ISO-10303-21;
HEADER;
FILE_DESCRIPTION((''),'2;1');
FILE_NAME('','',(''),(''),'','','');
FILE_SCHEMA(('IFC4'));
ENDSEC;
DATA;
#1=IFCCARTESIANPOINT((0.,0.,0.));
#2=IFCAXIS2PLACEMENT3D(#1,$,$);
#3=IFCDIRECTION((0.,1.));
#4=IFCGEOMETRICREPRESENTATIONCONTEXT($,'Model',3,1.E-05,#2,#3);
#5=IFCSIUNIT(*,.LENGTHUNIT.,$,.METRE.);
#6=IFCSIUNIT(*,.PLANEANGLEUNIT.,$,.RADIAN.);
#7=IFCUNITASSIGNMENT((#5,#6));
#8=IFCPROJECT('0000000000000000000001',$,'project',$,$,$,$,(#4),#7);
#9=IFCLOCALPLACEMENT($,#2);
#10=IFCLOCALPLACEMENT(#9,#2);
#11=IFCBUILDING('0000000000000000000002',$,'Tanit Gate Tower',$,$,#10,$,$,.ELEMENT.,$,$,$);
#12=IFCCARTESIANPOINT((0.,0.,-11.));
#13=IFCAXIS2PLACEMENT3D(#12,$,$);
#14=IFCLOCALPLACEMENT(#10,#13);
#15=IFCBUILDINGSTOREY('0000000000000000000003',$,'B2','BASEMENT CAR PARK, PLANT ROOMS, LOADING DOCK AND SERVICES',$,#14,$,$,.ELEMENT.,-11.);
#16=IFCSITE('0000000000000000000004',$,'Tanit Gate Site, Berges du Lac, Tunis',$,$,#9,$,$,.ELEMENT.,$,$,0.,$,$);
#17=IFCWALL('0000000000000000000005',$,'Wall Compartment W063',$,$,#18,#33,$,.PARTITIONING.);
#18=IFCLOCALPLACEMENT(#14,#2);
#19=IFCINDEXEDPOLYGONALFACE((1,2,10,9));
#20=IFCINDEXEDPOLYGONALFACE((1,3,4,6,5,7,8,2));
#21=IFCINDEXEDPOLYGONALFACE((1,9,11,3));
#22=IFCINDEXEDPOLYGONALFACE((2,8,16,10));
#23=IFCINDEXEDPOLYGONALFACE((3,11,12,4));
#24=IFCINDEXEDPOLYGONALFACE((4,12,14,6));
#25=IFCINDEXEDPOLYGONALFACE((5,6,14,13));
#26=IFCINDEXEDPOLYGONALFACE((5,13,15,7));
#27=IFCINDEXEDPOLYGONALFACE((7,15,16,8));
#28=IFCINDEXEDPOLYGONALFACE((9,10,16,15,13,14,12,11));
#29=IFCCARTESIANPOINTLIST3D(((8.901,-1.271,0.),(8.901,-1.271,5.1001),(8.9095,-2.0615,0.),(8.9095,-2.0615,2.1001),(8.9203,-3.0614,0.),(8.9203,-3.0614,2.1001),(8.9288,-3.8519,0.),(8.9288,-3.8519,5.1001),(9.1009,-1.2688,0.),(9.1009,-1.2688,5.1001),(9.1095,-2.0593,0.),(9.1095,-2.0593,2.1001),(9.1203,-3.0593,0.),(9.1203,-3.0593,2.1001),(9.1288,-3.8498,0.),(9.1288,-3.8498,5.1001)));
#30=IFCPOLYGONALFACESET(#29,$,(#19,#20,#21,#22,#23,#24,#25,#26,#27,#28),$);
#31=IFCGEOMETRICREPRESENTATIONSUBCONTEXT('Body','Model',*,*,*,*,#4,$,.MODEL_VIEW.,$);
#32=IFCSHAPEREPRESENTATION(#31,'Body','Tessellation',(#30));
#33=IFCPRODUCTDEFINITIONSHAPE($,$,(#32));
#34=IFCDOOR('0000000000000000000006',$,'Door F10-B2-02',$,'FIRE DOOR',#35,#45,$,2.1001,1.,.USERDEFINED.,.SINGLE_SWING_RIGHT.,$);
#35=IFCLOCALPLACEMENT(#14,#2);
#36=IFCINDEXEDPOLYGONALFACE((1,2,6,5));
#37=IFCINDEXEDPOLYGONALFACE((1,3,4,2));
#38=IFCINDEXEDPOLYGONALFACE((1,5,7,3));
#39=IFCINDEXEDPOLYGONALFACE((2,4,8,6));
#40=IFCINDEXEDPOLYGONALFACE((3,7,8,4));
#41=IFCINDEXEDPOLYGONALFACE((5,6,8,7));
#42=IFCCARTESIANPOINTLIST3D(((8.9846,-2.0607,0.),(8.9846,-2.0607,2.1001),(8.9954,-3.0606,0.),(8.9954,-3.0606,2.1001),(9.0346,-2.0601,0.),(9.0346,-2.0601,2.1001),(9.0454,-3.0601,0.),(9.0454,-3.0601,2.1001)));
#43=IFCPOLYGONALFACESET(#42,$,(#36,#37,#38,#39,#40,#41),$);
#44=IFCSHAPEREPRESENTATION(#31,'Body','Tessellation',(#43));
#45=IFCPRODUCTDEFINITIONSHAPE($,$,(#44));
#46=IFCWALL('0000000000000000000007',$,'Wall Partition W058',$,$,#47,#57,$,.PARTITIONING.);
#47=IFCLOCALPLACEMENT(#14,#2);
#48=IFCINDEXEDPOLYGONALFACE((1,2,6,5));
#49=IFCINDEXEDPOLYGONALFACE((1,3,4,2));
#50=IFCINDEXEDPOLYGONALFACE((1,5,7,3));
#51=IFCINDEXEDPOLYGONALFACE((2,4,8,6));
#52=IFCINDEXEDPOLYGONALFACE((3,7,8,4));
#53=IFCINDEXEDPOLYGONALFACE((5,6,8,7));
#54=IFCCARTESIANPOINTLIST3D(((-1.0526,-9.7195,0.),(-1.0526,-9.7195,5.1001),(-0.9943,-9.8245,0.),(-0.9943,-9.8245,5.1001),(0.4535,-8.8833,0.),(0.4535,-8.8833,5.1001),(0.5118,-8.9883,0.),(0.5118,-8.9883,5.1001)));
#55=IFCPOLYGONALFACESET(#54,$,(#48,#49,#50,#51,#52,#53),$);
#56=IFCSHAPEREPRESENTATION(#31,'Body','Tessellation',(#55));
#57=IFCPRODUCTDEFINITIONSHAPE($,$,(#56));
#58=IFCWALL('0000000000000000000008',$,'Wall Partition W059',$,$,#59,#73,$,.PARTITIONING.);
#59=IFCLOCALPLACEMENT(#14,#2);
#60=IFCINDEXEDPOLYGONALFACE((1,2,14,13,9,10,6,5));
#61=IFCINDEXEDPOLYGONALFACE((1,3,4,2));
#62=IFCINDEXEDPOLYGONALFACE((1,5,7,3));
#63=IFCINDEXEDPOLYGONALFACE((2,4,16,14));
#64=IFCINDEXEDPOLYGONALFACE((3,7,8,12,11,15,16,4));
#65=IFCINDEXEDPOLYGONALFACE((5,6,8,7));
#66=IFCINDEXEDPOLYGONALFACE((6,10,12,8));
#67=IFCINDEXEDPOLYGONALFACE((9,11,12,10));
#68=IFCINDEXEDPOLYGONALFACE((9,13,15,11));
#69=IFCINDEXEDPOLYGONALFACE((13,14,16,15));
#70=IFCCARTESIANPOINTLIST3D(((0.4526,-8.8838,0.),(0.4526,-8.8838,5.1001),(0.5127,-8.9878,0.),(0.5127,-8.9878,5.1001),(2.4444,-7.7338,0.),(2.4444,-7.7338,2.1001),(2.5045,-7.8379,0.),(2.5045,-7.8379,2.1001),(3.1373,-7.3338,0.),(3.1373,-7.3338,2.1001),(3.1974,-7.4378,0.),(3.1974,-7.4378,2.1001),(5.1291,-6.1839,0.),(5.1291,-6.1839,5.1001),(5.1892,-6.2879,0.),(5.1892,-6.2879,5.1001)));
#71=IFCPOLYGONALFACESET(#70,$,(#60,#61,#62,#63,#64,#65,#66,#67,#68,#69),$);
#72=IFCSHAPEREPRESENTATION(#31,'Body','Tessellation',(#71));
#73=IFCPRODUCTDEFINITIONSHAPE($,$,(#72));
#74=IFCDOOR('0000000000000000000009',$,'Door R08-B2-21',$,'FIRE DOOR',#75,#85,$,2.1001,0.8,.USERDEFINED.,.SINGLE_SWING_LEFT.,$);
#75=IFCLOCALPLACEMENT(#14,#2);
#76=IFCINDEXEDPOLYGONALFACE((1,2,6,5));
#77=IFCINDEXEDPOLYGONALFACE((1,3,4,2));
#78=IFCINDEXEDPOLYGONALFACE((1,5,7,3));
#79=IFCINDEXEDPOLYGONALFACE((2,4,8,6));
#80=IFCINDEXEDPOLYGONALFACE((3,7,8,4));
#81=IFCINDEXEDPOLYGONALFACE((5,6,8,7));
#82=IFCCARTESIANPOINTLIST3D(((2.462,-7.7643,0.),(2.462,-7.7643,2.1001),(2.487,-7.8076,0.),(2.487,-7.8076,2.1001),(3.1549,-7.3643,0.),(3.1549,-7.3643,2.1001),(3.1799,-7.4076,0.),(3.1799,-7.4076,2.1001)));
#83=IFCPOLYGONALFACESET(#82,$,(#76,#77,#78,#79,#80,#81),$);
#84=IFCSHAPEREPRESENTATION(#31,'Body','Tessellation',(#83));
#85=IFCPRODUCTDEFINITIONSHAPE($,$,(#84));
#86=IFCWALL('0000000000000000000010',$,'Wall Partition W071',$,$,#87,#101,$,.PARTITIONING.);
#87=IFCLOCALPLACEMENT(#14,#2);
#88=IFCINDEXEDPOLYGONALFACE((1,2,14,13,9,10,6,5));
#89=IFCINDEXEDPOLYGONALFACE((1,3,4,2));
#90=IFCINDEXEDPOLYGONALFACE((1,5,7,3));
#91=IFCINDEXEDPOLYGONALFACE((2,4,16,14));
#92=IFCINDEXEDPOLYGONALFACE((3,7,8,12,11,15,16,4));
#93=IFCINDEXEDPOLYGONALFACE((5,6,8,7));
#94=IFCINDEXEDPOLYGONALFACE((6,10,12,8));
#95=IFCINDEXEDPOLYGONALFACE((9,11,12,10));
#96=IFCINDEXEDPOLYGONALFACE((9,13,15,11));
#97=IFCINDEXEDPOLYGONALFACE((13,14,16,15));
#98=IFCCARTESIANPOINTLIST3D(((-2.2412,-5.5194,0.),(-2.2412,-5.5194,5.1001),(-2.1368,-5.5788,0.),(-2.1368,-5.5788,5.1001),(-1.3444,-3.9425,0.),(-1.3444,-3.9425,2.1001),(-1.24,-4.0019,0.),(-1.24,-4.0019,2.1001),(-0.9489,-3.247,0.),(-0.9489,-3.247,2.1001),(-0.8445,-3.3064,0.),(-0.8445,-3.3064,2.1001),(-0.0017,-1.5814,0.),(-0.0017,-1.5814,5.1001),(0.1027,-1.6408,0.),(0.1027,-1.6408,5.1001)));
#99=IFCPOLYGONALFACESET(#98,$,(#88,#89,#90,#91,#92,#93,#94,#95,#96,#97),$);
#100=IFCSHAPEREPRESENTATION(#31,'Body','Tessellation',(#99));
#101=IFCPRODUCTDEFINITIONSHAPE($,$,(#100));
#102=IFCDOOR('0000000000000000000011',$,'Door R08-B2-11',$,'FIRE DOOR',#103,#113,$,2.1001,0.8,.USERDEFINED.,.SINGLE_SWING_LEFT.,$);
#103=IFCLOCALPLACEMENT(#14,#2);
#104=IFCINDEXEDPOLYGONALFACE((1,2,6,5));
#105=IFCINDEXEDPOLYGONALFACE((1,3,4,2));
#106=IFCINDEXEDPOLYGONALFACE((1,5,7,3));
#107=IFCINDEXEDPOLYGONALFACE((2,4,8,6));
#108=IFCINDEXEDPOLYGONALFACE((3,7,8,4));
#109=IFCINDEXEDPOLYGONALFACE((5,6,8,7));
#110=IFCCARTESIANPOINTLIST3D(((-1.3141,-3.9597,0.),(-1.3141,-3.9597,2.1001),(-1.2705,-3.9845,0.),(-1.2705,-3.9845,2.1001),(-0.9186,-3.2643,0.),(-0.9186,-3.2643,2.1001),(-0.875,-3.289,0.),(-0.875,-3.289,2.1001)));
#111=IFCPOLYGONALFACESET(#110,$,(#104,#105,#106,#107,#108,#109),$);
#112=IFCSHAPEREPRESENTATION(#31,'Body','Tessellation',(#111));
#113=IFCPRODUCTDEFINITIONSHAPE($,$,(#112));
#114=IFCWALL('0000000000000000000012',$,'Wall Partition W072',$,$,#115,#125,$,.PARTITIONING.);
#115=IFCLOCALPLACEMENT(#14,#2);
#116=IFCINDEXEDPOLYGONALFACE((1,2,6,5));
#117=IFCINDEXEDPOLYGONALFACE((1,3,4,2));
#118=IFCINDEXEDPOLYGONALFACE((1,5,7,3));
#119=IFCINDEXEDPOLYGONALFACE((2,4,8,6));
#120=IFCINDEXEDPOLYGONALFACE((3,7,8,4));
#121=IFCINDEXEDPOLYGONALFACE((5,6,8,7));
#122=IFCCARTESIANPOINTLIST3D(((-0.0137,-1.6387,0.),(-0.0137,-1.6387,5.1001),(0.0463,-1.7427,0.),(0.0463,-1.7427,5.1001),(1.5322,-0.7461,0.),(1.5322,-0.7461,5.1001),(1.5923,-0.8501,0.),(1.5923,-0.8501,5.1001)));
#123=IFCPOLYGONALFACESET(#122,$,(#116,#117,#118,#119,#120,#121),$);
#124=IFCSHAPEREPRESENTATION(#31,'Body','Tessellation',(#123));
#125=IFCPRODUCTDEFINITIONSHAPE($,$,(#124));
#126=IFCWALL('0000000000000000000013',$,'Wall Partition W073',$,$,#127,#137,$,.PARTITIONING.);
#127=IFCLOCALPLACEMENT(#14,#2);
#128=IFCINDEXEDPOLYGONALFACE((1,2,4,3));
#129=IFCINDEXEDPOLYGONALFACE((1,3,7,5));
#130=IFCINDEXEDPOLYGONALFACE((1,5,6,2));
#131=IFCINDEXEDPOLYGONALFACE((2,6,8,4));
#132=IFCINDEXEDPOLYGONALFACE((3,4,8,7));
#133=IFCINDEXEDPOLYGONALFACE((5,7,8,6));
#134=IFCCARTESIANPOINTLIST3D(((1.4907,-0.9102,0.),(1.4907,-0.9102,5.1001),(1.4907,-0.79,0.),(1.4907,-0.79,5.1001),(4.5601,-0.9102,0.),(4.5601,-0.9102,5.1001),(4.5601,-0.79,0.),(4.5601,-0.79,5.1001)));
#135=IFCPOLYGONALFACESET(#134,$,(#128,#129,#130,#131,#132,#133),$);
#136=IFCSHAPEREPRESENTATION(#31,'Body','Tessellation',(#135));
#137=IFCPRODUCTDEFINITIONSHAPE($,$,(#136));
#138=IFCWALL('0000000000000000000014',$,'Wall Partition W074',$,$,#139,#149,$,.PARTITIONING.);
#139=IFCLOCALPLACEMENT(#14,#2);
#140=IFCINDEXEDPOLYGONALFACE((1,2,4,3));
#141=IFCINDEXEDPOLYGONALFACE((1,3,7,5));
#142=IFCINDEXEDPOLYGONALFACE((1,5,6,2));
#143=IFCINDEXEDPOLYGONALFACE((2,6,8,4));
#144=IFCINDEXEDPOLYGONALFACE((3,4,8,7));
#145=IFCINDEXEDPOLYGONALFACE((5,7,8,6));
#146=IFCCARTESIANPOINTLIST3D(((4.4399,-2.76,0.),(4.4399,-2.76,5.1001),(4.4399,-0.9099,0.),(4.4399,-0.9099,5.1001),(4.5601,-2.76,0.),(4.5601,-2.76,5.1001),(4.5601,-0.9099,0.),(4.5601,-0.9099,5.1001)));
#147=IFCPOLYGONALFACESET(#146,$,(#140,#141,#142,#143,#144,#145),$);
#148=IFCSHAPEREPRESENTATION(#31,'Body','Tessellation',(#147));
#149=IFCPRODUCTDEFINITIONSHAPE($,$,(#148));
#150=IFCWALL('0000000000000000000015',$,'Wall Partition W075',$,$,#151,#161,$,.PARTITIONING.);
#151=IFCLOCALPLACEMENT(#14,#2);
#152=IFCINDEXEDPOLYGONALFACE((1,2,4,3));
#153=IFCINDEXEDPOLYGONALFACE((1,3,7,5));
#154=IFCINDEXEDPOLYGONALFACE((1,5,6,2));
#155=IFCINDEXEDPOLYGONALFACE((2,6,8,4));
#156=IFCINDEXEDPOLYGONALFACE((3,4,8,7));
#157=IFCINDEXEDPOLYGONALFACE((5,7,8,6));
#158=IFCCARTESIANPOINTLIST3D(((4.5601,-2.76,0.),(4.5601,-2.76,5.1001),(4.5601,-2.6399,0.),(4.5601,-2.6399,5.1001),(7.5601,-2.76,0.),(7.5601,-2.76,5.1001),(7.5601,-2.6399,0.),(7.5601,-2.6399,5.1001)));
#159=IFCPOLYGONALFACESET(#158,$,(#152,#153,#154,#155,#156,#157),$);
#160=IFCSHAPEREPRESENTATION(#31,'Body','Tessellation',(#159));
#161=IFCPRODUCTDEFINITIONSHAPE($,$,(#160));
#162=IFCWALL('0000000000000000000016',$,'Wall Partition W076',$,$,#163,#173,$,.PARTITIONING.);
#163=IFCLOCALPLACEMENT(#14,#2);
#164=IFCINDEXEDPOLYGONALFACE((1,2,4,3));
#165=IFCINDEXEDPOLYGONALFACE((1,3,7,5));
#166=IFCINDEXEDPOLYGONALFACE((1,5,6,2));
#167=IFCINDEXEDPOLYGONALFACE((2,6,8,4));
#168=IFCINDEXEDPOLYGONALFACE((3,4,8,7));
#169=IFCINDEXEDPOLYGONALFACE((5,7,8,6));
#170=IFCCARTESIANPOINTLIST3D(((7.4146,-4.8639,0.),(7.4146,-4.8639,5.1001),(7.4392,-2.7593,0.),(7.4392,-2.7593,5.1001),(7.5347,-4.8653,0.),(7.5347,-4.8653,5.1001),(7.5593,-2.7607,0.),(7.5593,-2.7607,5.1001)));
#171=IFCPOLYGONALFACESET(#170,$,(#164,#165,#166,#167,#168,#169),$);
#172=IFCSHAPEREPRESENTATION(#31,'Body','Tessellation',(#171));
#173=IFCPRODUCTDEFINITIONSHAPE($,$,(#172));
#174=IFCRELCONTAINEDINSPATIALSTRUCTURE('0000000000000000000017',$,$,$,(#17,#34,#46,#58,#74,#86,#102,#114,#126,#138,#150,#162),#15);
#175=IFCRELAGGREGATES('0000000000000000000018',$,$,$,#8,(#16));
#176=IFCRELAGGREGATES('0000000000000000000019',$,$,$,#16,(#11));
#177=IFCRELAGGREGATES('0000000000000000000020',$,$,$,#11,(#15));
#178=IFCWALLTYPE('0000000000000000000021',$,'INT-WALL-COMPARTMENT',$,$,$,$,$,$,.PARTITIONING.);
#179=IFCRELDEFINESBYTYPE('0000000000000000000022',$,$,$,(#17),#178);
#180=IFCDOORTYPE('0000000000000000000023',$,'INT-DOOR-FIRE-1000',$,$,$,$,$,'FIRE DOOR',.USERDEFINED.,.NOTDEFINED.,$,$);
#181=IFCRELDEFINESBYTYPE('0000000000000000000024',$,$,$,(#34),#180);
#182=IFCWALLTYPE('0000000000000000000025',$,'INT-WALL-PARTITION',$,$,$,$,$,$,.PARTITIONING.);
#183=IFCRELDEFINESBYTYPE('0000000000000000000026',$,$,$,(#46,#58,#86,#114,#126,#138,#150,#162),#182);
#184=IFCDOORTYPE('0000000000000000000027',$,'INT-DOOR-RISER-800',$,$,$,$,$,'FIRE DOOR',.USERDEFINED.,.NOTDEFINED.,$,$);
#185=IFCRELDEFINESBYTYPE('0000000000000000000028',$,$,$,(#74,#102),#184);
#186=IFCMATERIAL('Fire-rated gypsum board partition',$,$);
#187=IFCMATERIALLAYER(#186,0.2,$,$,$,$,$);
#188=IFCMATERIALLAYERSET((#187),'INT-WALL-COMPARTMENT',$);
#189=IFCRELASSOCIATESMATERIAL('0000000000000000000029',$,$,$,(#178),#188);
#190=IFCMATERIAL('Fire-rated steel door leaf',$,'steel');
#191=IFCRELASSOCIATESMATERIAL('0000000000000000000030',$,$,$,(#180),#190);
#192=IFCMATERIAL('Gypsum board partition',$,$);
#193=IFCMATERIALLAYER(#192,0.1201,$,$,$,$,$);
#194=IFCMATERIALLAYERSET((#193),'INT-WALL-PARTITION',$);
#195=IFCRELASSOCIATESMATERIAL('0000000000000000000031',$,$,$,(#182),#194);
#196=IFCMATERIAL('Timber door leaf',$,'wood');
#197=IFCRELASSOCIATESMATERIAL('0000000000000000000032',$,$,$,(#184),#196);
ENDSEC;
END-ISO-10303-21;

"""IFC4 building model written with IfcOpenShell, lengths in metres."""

from ifc_helpers import new_model, si_unit, direction, frame, frame_2d, origin, place, context, subcontext, project, spatial, rectangle, extrude, material, layer, layer_set, type_object, element, fill, save


model = new_model("IFC4")

# Units and contexts
model_context = context("Model", 3, precision=1e-05, world=origin(), true_north=direction((0.0, 1.0)))
body_context = subcontext(model_context, "Body", "Model", "MODEL_VIEW")
ifc_project = project(units=[si_unit("LENGTHUNIT", "METRE"), si_unit("PLANEANGLEUNIT", "RADIAN")], contexts=[model_context])

# Site, building, storey
site_placement = place(None, origin())
site = spatial("IfcSite", under=ifc_project, at=site_placement, Name="Tanit Gate Site, Berges du Lac, Tunis", CompositionType="ELEMENT", RefElevation=0.0)
building_placement = place(site_placement, origin())
building = spatial("IfcBuilding", under=site, at=building_placement, Name="Tanit Gate Tower", CompositionType="ELEMENT")
storey_placement = place(building_placement, frame((0.0, 0.0, -11.0)))
storey = spatial("IfcBuildingStorey", under=building, at=storey_placement, Name="B2", Description="BASEMENT CAR PARK, PLANT ROOMS, LOADING DOCK AND SERVICES", CompositionType="ELEMENT", Elevation=-11.0)

# Shared definitions
ifc_material_1 = material(Name="Fire-rated gypsum board partition")
ifc_layer_1 = layer(ifc_material_1, 0.2)
ifc_layer_set_1 = layer_set([ifc_layer_1], Name="INT-WALL-COMPARTMENT")
wall_type_1 = type_object("IfcWallType", Name="INT-WALL-COMPARTMENT", PredefinedType="PARTITIONING", material=ifc_layer_set_1)

# Wall, opening, door
wall_1_placement = place(storey_placement, frame((9.0288, -3.8508, 0.0), z_axis=(0.0, 0.0, 1.0), x_axis=(-0.010784, 0.999942, 0.0)))
wall_1 = element("IfcWall", 1, at=wall_1_placement, inside=storey, type_object=wall_type_1, Name="Wall Compartment W063", PredefinedType="PARTITIONING", context=body_context, shape_type="SweptSolid", body=[
    extrude(rectangle(XDim=2.5811, YDim=0.2, at=frame_2d((1.2905, 0.0))), origin(), (0.0, 0.0, 1.0), 5.1001),
])
opening_1_placement = place(wall_1_placement, frame((0.7905, 0.0, 0.0)))
opening_1 = element("IfcOpeningElement", 2, at=opening_1_placement, cuts=wall_1, PredefinedType="OPENING", context=body_context, shape_type="SweptSolid", body=[
    extrude(rectangle(XDim=1.0, YDim=2.1001, at=frame_2d((0.5, 1.05))), frame((0.0, 0.1099, 0.0), z_axis=(0.0, -1.0, 0.0), x_axis=(1.0, 0.0, 0.0)), (0.0, 0.0, 1.0), 0.22),
])
ifc_material_2 = material(Name="Fire-rated steel door leaf", Category="steel")
door_type_1 = type_object("IfcDoorType", Name="INT-DOOR-FIRE-1000", ElementType="FIRE DOOR", OperationType="NOTDEFINED", PredefinedType="USERDEFINED", material=ifc_material_2)
door_1_placement = place(opening_1_placement, origin())
door_1 = element("IfcDoor", 3, at=door_1_placement, inside=storey, type_object=door_type_1, Name="Door F10-B2-02", ObjectType="FIRE DOOR", OperationType="SINGLE_SWING_RIGHT", OverallHeight=2.1001, OverallWidth=1.0, PredefinedType="USERDEFINED", context=body_context, shape_type="SweptSolid", body=[
    extrude(rectangle(XDim=1.0, YDim=2.1001, at=frame_2d((0.5, 1.05))), frame((0.0, 0.0249, 0.0), z_axis=(0.0, -1.0, 0.0), x_axis=(1.0, 0.0, 0.0)), (0.0, 0.0, 1.0), 0.05),
])
fill(opening_1, door_1)

# Wall
ifc_material_3 = material(Name="Gypsum board partition")
ifc_layer_2 = layer(ifc_material_3, 0.1201)
ifc_layer_set_2 = layer_set([ifc_layer_2], Name="INT-WALL-PARTITION")
wall_type_2 = type_object("IfcWallType", Name="INT-WALL-PARTITION", PredefinedType="PARTITIONING", material=ifc_layer_set_2)
wall_2_placement = place(storey_placement, frame((-1.0234, -9.772, 0.0), z_axis=(0.0, 0.0, 1.0), x_axis=(0.874291, 0.485402, 0.0)))
element("IfcWall", 4, at=wall_2_placement, inside=storey, type_object=wall_type_2, Name="Wall Partition W058", PredefinedType="PARTITIONING", context=body_context, shape_type="SweptSolid", body=[
    extrude(rectangle(XDim=1.7227, YDim=0.1201, at=frame_2d((0.8613, 0.0))), origin(), (0.0, 0.0, 1.0), 5.1001),
])

# Walls, openings, doors
wall_3_placement = place(storey_placement, frame((0.4827, -8.9358, 0.0), z_axis=(0.0, 0.0, 1.0), x_axis=(0.866028, 0.499995, 0.0)))
wall_3 = element("IfcWall", 5, at=wall_3_placement, inside=storey, type_object=wall_type_2, Name="Wall Partition W059", PredefinedType="PARTITIONING", context=body_context, shape_type="SweptSolid", body=[
    extrude(rectangle(XDim=5.3999, YDim=0.1201, at=frame_2d((2.7, 0.0))), origin(), (0.0, 0.0, 1.0), 5.1001),
])
opening_2_placement = place(wall_3_placement, frame((2.3, 0.0, 0.0)))
opening_2 = element("IfcOpeningElement", 6, at=opening_2_placement, cuts=wall_3, PredefinedType="OPENING", context=body_context, shape_type="SweptSolid", body=[
    extrude(rectangle(XDim=0.8, YDim=2.1001, at=frame_2d((0.3999, 1.05))), frame((0.0, 0.0701, 0.0), z_axis=(0.0, -1.0, 0.0), x_axis=(1.0, 0.0, 0.0)), (0.0, 0.0, 1.0), 0.1401),
])
ifc_material_4 = material(Name="Timber door leaf", Category="wood")
door_type_2 = type_object("IfcDoorType", Name="INT-DOOR-RISER-800", ElementType="FIRE DOOR", OperationType="NOTDEFINED", PredefinedType="USERDEFINED", material=ifc_material_4)
door_2_placement = place(opening_2_placement, origin())
door_2 = element("IfcDoor", 7, at=door_2_placement, inside=storey, type_object=door_type_2, Name="Door R08-B2-21", ObjectType="FIRE DOOR", OperationType="SINGLE_SWING_LEFT", OverallHeight=2.1001, OverallWidth=0.8, PredefinedType="USERDEFINED", context=body_context, shape_type="SweptSolid", body=[
    extrude(rectangle(XDim=0.8, YDim=2.1001, at=frame_2d((0.3999, 1.05))), frame((0.0, 0.0249, 0.0), z_axis=(0.0, -1.0, 0.0), x_axis=(1.0, 0.0, 0.0)), (0.0, 0.0, 1.0), 0.05),
])
fill(opening_2, door_2)
wall_4_placement = place(storey_placement, frame((0.0505, -1.6111, 0.0), z_axis=(0.0, 0.0, 1.0), x_axis=(-0.494345, -0.869266, 0.0)))
wall_4 = element("IfcWall", 8, at=wall_4_placement, inside=storey, type_object=wall_type_2, Name="Wall Partition W071", PredefinedType="PARTITIONING", context=body_context, shape_type="SweptSolid", body=[
    extrude(rectangle(XDim=4.5303, YDim=0.1201, at=frame_2d((2.2651, 0.0))), origin(), (0.0, 0.0, 1.0), 5.1001),
])
opening_3_placement = place(wall_4_placement, frame((1.9163, 0.0, 0.0)))
opening_3 = element("IfcOpeningElement", 9, at=opening_3_placement, cuts=wall_4, PredefinedType="OPENING", context=body_context, shape_type="SweptSolid", body=[
    extrude(rectangle(XDim=0.8, YDim=2.1001, at=frame_2d((0.3999, 1.05))), frame((0.0, 0.0701, 0.0), z_axis=(0.0, -1.0, 0.0), x_axis=(1.0, 0.0, 0.0)), (0.0, 0.0, 1.0), 0.1401),
])
door_3_placement = place(opening_3_placement, origin())
door_3 = element("IfcDoor", 10, at=door_3_placement, inside=storey, type_object=door_type_2, Name="Door R08-B2-11", ObjectType="FIRE DOOR", OperationType="SINGLE_SWING_LEFT", OverallHeight=2.1001, OverallWidth=0.8, PredefinedType="USERDEFINED", context=body_context, shape_type="SweptSolid", body=[
    extrude(rectangle(XDim=0.8, YDim=2.1001, at=frame_2d((0.3999, 1.05))), frame((0.0, 0.0249, 0.0), z_axis=(0.0, -1.0, 0.0), x_axis=(1.0, 0.0, 0.0)), (0.0, 0.0, 1.0), 0.05),
])
fill(opening_3, door_3)

# Walls
wall_5_placement = place(storey_placement, frame((1.5623, -0.7981, 0.0), z_axis=(0.0, 0.0, 1.0), x_axis=(-0.866012, -0.500022, 0.0)))
element("IfcWall", 11, at=wall_5_placement, inside=storey, type_object=wall_type_2, Name="Wall Partition W072", PredefinedType="PARTITIONING", context=body_context, shape_type="SweptSolid", body=[
    extrude(rectangle(XDim=1.7852, YDim=0.1201, at=frame_2d((0.8926, 0.0))), origin(), (0.0, 0.0, 1.0), 5.1001),
])
wall_6_placement = place(storey_placement, frame((4.5601, -0.8501, 0.0), z_axis=(0.0, 0.0, 1.0), x_axis=(-1.0, 0.0, 0.0)))
element("IfcWall", 12, at=wall_6_placement, inside=storey, type_object=wall_type_2, Name="Wall Partition W073", PredefinedType="PARTITIONING", context=body_context, shape_type="SweptSolid", body=[
    extrude(rectangle(XDim=3.0693, YDim=0.1201, at=frame_2d((1.5347, 0.0))), origin(), (0.0, 0.0, 1.0), 5.1001),
])
wall_7_placement = place(storey_placement, frame((4.5, -2.76, 0.0), z_axis=(0.0, 0.0, 1.0), x_axis=(0.0, 1.0, 0.0)))
element("IfcWall", 13, at=wall_7_placement, inside=storey, type_object=wall_type_2, Name="Wall Partition W074", PredefinedType="PARTITIONING", context=body_context, shape_type="SweptSolid", body=[
    extrude(rectangle(XDim=1.8501, YDim=0.1201, at=frame_2d((0.925, 0.0))), origin(), (0.0, 0.0, 1.0), 5.1001),
])
wall_8_placement = place(storey_placement, frame((7.5601, -2.7, 0.0), z_axis=(0.0, 0.0, 1.0), x_axis=(-1.0, 0.0, 0.0)))
element("IfcWall", 14, at=wall_8_placement, inside=storey, type_object=wall_type_2, Name="Wall Partition W075", PredefinedType="PARTITIONING", context=body_context, shape_type="SweptSolid", body=[
    extrude(rectangle(XDim=3.0, YDim=0.1201, at=frame_2d((1.5, 0.0))), origin(), (0.0, 0.0, 1.0), 5.1001),
])
wall_9_placement = place(storey_placement, frame((7.4746, -4.8645, 0.0), z_axis=(0.0, 0.0, 1.0), x_axis=(0.011716, 0.999931, 0.0)))
element("IfcWall", 15, at=wall_9_placement, inside=storey, type_object=wall_type_2, Name="Wall Partition W076", PredefinedType="PARTITIONING", context=body_context, shape_type="SweptSolid", body=[
    extrude(rectangle(XDim=2.1047, YDim=0.1201, at=frame_2d((1.0522, 0.0))), origin(), (0.0, 0.0, 1.0), 5.1001),
])

save(model, "model.ifc")
